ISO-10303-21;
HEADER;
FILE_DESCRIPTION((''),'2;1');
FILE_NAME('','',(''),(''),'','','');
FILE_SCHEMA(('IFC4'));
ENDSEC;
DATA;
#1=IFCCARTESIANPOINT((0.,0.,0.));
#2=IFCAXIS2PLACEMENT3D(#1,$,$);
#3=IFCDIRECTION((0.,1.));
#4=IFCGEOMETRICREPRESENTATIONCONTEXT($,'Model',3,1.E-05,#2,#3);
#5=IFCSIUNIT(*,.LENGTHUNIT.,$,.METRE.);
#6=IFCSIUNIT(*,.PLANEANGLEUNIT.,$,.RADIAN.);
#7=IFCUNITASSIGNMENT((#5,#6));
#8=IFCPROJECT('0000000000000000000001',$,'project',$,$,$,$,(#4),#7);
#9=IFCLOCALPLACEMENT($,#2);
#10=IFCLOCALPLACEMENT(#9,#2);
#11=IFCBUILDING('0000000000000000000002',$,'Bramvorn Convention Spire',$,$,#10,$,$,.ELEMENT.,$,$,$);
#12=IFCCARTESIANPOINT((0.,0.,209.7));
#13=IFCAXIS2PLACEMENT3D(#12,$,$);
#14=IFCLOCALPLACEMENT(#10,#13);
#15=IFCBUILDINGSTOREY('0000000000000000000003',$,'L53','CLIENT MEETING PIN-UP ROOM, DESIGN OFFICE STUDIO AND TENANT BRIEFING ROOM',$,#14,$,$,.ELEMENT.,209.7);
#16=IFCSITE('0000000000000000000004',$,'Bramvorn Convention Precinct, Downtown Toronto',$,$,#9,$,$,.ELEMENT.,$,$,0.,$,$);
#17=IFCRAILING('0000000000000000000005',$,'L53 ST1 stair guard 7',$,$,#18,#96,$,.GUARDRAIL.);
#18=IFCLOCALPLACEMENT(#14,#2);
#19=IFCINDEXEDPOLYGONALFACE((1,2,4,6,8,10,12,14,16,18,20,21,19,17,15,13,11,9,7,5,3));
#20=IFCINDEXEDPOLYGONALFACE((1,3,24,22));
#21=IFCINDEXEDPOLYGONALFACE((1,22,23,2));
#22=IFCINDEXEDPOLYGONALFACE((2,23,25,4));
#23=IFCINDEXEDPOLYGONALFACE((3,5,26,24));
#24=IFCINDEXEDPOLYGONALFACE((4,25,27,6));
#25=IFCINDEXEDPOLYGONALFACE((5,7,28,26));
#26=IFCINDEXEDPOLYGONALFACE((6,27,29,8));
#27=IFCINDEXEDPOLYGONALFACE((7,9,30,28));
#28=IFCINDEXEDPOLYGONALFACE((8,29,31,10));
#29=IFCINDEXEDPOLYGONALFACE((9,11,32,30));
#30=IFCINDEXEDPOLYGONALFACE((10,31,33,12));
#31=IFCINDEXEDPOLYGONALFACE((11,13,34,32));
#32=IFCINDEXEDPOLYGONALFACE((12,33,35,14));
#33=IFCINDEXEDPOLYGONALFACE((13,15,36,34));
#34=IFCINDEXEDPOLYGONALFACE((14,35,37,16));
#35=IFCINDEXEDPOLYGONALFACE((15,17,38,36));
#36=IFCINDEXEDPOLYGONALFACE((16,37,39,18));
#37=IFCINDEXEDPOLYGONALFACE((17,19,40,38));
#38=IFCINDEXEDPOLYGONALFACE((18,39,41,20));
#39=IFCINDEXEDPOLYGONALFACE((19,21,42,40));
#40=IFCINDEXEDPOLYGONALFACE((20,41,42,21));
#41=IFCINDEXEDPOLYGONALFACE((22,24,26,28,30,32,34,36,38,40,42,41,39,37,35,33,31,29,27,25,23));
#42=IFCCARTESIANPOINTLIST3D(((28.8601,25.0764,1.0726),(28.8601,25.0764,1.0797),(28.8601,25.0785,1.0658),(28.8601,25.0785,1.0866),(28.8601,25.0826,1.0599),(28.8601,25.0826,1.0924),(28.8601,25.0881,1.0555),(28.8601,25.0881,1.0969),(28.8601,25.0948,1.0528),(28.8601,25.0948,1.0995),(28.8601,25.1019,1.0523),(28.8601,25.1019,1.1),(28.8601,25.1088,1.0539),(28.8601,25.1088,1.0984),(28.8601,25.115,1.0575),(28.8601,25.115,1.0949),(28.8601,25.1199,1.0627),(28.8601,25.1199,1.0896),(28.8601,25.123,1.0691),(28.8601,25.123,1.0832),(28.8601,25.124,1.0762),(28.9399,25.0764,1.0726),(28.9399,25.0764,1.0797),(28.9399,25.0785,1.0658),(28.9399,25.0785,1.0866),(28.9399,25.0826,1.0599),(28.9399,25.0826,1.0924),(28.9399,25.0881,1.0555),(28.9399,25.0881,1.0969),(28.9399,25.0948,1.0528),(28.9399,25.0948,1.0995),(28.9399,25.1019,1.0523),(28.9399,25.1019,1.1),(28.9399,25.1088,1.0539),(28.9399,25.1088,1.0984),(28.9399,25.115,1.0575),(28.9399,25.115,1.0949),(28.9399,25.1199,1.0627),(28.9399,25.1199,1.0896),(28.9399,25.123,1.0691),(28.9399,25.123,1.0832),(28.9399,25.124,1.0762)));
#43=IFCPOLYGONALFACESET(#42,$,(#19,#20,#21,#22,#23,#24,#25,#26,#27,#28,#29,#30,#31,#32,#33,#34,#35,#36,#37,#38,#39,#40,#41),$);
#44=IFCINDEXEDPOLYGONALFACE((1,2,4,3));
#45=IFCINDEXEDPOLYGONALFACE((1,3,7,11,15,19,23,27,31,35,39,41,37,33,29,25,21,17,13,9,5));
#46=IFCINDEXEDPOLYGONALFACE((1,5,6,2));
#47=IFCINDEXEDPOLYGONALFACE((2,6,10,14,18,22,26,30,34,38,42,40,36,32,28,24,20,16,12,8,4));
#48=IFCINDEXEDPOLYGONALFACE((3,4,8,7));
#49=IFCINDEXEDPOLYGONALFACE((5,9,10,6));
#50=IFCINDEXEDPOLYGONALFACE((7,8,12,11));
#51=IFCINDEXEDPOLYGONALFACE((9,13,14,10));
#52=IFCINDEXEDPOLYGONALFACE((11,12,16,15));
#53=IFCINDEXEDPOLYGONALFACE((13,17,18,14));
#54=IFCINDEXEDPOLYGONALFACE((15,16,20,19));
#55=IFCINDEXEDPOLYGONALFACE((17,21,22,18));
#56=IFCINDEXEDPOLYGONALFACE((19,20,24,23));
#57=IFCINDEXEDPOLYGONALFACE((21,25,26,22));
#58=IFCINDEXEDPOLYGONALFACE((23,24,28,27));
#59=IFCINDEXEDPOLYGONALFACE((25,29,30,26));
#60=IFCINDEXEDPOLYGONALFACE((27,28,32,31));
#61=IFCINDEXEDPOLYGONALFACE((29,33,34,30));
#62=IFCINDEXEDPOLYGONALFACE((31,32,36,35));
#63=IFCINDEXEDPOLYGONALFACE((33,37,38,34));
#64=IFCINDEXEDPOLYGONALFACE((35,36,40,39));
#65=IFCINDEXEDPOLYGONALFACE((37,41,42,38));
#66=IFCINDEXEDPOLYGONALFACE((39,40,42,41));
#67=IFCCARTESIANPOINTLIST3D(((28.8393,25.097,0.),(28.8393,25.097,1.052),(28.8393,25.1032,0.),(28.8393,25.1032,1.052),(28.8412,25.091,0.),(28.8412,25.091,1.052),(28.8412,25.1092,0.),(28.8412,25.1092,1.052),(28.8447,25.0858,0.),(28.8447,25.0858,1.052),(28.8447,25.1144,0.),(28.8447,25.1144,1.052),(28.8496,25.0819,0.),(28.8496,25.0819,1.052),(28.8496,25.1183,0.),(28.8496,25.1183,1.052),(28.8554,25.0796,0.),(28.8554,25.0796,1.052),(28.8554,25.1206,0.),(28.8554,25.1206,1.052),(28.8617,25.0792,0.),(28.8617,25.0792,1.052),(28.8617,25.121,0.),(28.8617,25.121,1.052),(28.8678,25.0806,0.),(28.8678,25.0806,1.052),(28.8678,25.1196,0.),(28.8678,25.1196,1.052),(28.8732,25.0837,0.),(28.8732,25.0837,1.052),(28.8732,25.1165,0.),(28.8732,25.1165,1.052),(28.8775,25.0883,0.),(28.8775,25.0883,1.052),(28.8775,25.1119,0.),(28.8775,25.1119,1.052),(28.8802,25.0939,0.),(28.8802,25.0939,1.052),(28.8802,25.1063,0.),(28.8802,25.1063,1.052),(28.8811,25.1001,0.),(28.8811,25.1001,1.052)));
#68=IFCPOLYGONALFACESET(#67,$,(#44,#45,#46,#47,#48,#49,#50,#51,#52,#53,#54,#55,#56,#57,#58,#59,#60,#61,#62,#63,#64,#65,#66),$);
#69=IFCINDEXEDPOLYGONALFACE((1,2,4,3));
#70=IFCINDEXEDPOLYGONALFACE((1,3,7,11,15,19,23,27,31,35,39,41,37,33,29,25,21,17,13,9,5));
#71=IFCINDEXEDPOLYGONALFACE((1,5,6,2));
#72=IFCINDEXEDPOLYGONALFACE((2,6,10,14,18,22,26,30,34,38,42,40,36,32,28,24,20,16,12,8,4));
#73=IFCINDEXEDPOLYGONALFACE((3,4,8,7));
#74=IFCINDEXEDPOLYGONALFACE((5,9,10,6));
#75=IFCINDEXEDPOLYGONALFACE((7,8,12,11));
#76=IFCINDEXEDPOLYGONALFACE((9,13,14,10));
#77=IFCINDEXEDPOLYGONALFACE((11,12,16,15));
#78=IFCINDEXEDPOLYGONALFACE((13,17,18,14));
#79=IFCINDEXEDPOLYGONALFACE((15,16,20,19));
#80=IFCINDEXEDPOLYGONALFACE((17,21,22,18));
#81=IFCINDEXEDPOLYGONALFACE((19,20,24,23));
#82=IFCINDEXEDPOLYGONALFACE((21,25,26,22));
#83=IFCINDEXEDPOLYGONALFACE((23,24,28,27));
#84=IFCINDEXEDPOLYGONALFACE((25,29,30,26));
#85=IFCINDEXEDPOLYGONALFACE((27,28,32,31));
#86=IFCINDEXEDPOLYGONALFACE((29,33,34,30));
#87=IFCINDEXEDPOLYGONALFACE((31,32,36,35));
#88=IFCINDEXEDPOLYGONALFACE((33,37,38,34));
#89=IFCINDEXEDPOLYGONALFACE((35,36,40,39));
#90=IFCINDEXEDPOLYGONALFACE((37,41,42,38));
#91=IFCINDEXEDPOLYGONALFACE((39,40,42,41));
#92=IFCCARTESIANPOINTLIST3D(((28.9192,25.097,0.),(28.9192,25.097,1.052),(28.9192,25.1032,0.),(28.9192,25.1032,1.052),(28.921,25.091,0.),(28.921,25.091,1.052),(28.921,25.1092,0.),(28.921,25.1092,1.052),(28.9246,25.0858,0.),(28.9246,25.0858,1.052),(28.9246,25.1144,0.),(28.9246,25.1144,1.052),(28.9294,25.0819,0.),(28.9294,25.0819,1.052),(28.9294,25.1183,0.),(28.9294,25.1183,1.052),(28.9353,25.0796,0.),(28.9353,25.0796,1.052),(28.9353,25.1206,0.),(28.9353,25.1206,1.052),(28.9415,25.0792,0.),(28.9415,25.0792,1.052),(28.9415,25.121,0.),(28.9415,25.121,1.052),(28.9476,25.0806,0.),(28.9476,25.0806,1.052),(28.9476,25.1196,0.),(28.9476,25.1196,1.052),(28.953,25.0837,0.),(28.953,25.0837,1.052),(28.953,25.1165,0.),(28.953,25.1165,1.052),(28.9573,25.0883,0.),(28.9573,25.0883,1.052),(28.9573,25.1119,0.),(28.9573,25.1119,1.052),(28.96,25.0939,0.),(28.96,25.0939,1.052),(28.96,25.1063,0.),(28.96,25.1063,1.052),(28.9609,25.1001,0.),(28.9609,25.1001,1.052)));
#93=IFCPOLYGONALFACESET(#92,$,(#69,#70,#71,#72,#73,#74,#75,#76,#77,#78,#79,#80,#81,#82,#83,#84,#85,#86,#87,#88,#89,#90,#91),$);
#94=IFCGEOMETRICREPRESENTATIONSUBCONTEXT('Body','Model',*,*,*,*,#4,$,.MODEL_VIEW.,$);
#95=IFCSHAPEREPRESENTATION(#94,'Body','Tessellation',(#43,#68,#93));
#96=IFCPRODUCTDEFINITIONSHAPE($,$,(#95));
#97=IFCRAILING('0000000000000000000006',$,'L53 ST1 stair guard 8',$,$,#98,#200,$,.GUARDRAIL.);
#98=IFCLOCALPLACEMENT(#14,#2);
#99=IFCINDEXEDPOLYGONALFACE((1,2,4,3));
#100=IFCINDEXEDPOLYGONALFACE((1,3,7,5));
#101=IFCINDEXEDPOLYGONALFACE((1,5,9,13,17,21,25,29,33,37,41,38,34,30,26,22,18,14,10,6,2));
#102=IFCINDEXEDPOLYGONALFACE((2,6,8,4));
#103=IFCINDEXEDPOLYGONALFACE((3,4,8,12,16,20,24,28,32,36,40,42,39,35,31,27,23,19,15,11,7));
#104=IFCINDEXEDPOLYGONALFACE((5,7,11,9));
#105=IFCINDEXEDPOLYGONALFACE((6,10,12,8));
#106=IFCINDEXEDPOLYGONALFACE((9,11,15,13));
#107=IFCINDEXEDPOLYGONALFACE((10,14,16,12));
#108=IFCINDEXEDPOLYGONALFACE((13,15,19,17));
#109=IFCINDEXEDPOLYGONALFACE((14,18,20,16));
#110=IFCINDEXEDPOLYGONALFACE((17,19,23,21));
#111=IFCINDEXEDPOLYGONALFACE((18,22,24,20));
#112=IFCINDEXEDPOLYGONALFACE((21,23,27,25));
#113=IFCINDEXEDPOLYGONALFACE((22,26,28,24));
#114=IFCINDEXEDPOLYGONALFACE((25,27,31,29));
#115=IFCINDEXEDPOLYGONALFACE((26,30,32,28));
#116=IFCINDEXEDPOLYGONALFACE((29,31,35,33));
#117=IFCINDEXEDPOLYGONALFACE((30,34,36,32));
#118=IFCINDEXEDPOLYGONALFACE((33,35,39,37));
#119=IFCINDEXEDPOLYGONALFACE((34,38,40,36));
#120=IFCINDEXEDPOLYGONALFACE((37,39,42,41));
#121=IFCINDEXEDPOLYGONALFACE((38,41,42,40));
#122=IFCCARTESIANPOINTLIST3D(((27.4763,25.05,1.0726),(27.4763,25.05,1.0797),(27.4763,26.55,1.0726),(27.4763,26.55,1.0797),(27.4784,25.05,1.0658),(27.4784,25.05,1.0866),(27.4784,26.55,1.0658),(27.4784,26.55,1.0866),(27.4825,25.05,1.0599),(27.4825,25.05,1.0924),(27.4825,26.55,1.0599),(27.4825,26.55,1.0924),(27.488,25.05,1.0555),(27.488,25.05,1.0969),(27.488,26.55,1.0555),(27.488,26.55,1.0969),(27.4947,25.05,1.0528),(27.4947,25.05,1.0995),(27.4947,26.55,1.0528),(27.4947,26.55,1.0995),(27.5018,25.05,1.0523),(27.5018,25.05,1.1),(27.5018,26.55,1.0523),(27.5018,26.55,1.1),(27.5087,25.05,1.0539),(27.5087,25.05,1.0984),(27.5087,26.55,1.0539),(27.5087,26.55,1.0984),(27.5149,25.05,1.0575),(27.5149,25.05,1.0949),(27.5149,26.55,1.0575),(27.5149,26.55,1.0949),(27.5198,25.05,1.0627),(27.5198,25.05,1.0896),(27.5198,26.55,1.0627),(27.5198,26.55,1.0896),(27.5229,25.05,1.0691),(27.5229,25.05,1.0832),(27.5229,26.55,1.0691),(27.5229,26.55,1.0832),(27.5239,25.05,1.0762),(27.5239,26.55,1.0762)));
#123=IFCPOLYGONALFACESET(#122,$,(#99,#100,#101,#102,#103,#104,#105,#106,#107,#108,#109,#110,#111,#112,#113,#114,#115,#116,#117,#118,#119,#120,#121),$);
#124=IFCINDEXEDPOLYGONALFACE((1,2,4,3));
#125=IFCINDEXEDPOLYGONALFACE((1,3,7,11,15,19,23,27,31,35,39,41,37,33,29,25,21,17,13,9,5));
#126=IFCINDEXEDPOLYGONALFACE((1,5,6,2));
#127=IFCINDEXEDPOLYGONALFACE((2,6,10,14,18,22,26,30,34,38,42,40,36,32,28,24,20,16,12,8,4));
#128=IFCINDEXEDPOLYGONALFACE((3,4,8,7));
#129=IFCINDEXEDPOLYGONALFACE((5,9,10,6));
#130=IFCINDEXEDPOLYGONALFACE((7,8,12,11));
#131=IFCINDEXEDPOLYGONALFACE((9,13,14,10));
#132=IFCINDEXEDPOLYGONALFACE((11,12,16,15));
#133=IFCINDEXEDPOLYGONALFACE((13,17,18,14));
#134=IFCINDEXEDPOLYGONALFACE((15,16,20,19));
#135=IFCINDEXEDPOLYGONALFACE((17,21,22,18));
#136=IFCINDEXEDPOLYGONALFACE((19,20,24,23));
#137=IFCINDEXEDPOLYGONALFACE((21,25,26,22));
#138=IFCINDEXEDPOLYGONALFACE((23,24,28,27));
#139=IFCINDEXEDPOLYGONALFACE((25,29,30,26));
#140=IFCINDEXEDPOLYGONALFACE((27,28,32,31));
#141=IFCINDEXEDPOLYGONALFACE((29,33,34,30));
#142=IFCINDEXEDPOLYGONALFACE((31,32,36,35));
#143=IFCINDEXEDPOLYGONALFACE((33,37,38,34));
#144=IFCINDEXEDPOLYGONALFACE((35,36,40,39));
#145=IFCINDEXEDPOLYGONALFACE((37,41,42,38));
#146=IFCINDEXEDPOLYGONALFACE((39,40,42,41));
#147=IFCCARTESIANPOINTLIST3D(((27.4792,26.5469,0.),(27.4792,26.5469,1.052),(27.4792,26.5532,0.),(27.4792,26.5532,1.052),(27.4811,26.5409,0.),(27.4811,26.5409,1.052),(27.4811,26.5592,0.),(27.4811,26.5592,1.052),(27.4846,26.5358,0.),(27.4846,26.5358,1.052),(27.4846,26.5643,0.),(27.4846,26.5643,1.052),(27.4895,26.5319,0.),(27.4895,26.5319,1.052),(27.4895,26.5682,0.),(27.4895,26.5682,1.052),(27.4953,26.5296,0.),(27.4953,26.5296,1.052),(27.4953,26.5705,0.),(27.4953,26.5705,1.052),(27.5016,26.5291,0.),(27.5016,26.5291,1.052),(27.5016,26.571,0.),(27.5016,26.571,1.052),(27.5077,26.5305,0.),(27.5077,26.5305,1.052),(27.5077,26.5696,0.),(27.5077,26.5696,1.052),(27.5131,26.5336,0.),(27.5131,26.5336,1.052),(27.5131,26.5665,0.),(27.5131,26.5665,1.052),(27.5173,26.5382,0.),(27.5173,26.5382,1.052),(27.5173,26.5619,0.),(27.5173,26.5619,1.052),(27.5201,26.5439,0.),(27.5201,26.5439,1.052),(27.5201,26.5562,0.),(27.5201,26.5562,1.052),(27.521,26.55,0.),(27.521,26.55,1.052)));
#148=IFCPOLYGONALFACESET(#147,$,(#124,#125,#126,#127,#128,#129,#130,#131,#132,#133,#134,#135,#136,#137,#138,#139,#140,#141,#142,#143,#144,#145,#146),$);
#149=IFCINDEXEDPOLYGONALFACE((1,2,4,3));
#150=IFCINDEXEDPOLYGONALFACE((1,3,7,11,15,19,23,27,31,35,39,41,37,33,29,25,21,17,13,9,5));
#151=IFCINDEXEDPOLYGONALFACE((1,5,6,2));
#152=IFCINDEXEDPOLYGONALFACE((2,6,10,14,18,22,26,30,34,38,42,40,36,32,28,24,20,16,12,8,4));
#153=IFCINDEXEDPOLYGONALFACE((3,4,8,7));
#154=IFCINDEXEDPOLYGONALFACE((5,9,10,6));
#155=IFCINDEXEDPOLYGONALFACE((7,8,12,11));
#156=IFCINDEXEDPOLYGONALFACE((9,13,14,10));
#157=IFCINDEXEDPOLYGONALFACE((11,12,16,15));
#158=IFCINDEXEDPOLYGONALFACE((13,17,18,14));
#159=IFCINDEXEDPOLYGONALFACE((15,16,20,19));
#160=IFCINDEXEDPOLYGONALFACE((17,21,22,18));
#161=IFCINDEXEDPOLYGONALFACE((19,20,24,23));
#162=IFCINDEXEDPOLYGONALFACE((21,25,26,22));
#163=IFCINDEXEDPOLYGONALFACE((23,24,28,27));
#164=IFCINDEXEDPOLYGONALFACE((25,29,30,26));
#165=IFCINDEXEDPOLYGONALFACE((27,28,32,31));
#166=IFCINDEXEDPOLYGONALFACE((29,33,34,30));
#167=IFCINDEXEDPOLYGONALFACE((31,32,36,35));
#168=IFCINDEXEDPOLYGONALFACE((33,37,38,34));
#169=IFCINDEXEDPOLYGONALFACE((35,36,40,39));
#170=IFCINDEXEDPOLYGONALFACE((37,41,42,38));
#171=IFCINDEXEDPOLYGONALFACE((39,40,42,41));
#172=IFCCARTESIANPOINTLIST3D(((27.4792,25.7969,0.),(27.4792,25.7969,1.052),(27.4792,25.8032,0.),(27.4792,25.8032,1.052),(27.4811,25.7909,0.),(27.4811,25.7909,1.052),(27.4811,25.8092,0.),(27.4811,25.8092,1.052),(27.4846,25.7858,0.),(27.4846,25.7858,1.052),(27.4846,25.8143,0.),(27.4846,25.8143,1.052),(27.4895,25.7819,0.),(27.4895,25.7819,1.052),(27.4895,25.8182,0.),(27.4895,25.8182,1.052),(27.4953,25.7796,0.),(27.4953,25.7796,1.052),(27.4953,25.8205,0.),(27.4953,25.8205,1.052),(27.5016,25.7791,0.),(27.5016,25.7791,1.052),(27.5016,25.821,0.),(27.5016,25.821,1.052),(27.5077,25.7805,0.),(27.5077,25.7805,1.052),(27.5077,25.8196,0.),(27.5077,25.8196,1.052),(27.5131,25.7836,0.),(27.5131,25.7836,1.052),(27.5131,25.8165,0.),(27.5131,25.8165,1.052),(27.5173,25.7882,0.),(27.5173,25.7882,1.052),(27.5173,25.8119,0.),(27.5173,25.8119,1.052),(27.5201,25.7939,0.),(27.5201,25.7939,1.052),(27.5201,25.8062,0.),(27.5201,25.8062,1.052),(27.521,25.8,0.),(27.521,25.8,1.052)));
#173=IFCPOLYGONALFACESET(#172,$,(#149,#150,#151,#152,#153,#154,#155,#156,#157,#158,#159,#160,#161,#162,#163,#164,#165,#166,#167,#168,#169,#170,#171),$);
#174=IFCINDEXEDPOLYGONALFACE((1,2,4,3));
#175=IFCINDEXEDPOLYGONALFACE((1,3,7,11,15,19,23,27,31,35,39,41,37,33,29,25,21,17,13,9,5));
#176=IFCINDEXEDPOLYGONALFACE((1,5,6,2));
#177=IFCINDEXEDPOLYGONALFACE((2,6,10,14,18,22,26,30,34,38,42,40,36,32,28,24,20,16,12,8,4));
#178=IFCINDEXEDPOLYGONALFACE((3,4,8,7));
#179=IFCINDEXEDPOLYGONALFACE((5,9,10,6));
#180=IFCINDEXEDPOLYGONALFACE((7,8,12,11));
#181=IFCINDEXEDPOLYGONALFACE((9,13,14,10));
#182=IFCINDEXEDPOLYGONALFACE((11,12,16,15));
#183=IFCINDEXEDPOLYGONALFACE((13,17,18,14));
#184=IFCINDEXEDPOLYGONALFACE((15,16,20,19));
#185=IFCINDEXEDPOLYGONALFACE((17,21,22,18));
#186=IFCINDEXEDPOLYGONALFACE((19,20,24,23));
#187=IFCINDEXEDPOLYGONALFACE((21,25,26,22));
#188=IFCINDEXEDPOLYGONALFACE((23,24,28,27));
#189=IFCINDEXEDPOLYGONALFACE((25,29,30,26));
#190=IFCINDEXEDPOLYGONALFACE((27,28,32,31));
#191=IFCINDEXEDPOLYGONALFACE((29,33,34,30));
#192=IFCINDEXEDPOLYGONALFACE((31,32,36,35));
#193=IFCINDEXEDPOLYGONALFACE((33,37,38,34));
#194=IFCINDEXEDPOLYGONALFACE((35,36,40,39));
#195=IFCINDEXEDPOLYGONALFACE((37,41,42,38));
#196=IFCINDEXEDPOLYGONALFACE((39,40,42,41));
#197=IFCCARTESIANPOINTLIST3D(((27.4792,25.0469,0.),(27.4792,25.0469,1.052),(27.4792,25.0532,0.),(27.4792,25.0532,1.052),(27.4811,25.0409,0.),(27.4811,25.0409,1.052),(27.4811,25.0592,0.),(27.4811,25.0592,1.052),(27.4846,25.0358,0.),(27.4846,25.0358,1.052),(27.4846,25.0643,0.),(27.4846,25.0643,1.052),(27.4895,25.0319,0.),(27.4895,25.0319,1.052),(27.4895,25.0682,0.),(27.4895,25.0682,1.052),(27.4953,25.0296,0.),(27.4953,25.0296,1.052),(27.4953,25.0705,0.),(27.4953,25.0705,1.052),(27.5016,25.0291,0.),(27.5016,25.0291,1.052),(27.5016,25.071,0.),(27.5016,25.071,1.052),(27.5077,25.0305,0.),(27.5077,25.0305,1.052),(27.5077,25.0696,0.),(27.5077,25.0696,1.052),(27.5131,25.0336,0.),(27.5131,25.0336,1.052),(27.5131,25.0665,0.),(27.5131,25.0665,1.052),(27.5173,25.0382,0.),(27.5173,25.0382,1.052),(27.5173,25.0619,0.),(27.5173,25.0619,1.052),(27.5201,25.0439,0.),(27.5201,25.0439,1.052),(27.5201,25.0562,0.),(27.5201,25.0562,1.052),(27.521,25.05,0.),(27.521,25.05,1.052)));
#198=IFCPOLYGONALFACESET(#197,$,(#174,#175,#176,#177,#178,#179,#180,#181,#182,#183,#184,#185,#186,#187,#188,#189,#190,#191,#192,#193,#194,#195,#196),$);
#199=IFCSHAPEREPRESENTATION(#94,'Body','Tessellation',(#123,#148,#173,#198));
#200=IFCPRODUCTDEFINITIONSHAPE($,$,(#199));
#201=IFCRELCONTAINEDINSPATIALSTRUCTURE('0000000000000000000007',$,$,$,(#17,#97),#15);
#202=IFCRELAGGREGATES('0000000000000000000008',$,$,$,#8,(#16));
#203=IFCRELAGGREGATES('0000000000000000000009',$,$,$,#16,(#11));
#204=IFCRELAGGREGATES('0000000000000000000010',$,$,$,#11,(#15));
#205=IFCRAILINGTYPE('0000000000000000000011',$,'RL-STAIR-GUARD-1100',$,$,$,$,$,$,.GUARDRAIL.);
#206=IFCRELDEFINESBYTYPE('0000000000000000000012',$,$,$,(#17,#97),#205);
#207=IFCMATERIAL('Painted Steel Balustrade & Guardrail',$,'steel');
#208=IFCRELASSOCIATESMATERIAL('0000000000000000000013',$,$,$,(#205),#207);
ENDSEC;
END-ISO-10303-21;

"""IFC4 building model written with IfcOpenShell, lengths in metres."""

from ifc_helpers import new_model, si_unit, direction, frame, origin, origin_2d, place, context, subcontext, project, spatial, circle, extrude, material, type_object, element, save


model = new_model("IFC4")

# Units and contexts
model_context = context("Model", 3, precision=1e-05, world=origin(), true_north=direction((0.0, 1.0)))
body_context = subcontext(model_context, "Body", "Model", "MODEL_VIEW")
ifc_project = project(units=[si_unit("LENGTHUNIT", "METRE"), si_unit("PLANEANGLEUNIT", "RADIAN")], contexts=[model_context])

# Site, building, storey
site_placement = place(None, origin())
site = spatial("IfcSite", under=ifc_project, at=site_placement, Name="Bramvorn Convention Precinct, Downtown Toronto", CompositionType="ELEMENT", RefElevation=0.0)
building_placement = place(site_placement, origin())
building = spatial("IfcBuilding", under=site, at=building_placement, Name="Bramvorn Convention Spire", CompositionType="ELEMENT")
storey_placement = place(building_placement, frame((0.0, 0.0, 209.7)))
storey = spatial("IfcBuildingStorey", under=building, at=storey_placement, Name="L53", Description="CLIENT MEETING PIN-UP ROOM, DESIGN OFFICE STUDIO AND TENANT BRIEFING ROOM", CompositionType="ELEMENT", Elevation=209.7)

# Railings
ifc_material_1 = material(Name="Painted Steel Balustrade & Guardrail", Category="steel")
railing_type = type_object("IfcRailingType", Name="RL-STAIR-GUARD-1100", PredefinedType="GUARDRAIL", material=ifc_material_1)
railing_1_placement = place(storey_placement, frame((28.8601, 25.1001, 0.0)))
element("IfcRailing", 1, at=railing_1_placement, inside=storey, type_object=railing_type, Name="L53 ST1 stair guard 7", PredefinedType="GUARDRAIL", context=body_context, shape_type="SweptSolid", body=[
    extrude(circle(Radius=0.0239, at=origin_2d()), frame((0.0, 0.0, 1.0762), z_axis=(1.0, 0.0, 0.0), x_axis=(0.0, 1.0, 0.0)), (0.0, 0.0, 1.0), 0.0798),
    extrude(circle(Radius=0.021, at=origin_2d()), origin(), (0.0, 0.0, 1.0), 1.052),
    extrude(circle(Radius=0.021, at=origin_2d()), frame((0.0798, 0.0, 0.0)), (0.0, 0.0, 1.0), 1.052),
])
for number, where, name in (
    (2, (27.5, 26.55, 0.0), "L53 ST1 stair guard 8"),
):
    element("IfcRailing", number, at=place(storey_placement, frame(where)), inside=storey, type_object=railing_type, Name=name, PredefinedType="GUARDRAIL", context=body_context, shape_type="SweptSolid", body=[
        extrude(circle(Radius=0.0239, at=origin_2d()), frame((0.0, 0.0, 1.0762), z_axis=(0.0, -1.0, 0.0), x_axis=(1.0, 0.0, 0.0)), (0.0, 0.0, 1.0), 1.5),
        extrude(circle(Radius=0.021, at=origin_2d()), origin(), (0.0, 0.0, 1.0), 1.052),
        extrude(circle(Radius=0.021, at=origin_2d()), frame((0.0, -0.75, 0.0)), (0.0, 0.0, 1.0), 1.052),
        extrude(circle(Radius=0.021, at=origin_2d()), frame((0.0, -1.5, 0.0)), (0.0, 0.0, 1.0), 1.052),
    ])

save(model, "model.ifc")
